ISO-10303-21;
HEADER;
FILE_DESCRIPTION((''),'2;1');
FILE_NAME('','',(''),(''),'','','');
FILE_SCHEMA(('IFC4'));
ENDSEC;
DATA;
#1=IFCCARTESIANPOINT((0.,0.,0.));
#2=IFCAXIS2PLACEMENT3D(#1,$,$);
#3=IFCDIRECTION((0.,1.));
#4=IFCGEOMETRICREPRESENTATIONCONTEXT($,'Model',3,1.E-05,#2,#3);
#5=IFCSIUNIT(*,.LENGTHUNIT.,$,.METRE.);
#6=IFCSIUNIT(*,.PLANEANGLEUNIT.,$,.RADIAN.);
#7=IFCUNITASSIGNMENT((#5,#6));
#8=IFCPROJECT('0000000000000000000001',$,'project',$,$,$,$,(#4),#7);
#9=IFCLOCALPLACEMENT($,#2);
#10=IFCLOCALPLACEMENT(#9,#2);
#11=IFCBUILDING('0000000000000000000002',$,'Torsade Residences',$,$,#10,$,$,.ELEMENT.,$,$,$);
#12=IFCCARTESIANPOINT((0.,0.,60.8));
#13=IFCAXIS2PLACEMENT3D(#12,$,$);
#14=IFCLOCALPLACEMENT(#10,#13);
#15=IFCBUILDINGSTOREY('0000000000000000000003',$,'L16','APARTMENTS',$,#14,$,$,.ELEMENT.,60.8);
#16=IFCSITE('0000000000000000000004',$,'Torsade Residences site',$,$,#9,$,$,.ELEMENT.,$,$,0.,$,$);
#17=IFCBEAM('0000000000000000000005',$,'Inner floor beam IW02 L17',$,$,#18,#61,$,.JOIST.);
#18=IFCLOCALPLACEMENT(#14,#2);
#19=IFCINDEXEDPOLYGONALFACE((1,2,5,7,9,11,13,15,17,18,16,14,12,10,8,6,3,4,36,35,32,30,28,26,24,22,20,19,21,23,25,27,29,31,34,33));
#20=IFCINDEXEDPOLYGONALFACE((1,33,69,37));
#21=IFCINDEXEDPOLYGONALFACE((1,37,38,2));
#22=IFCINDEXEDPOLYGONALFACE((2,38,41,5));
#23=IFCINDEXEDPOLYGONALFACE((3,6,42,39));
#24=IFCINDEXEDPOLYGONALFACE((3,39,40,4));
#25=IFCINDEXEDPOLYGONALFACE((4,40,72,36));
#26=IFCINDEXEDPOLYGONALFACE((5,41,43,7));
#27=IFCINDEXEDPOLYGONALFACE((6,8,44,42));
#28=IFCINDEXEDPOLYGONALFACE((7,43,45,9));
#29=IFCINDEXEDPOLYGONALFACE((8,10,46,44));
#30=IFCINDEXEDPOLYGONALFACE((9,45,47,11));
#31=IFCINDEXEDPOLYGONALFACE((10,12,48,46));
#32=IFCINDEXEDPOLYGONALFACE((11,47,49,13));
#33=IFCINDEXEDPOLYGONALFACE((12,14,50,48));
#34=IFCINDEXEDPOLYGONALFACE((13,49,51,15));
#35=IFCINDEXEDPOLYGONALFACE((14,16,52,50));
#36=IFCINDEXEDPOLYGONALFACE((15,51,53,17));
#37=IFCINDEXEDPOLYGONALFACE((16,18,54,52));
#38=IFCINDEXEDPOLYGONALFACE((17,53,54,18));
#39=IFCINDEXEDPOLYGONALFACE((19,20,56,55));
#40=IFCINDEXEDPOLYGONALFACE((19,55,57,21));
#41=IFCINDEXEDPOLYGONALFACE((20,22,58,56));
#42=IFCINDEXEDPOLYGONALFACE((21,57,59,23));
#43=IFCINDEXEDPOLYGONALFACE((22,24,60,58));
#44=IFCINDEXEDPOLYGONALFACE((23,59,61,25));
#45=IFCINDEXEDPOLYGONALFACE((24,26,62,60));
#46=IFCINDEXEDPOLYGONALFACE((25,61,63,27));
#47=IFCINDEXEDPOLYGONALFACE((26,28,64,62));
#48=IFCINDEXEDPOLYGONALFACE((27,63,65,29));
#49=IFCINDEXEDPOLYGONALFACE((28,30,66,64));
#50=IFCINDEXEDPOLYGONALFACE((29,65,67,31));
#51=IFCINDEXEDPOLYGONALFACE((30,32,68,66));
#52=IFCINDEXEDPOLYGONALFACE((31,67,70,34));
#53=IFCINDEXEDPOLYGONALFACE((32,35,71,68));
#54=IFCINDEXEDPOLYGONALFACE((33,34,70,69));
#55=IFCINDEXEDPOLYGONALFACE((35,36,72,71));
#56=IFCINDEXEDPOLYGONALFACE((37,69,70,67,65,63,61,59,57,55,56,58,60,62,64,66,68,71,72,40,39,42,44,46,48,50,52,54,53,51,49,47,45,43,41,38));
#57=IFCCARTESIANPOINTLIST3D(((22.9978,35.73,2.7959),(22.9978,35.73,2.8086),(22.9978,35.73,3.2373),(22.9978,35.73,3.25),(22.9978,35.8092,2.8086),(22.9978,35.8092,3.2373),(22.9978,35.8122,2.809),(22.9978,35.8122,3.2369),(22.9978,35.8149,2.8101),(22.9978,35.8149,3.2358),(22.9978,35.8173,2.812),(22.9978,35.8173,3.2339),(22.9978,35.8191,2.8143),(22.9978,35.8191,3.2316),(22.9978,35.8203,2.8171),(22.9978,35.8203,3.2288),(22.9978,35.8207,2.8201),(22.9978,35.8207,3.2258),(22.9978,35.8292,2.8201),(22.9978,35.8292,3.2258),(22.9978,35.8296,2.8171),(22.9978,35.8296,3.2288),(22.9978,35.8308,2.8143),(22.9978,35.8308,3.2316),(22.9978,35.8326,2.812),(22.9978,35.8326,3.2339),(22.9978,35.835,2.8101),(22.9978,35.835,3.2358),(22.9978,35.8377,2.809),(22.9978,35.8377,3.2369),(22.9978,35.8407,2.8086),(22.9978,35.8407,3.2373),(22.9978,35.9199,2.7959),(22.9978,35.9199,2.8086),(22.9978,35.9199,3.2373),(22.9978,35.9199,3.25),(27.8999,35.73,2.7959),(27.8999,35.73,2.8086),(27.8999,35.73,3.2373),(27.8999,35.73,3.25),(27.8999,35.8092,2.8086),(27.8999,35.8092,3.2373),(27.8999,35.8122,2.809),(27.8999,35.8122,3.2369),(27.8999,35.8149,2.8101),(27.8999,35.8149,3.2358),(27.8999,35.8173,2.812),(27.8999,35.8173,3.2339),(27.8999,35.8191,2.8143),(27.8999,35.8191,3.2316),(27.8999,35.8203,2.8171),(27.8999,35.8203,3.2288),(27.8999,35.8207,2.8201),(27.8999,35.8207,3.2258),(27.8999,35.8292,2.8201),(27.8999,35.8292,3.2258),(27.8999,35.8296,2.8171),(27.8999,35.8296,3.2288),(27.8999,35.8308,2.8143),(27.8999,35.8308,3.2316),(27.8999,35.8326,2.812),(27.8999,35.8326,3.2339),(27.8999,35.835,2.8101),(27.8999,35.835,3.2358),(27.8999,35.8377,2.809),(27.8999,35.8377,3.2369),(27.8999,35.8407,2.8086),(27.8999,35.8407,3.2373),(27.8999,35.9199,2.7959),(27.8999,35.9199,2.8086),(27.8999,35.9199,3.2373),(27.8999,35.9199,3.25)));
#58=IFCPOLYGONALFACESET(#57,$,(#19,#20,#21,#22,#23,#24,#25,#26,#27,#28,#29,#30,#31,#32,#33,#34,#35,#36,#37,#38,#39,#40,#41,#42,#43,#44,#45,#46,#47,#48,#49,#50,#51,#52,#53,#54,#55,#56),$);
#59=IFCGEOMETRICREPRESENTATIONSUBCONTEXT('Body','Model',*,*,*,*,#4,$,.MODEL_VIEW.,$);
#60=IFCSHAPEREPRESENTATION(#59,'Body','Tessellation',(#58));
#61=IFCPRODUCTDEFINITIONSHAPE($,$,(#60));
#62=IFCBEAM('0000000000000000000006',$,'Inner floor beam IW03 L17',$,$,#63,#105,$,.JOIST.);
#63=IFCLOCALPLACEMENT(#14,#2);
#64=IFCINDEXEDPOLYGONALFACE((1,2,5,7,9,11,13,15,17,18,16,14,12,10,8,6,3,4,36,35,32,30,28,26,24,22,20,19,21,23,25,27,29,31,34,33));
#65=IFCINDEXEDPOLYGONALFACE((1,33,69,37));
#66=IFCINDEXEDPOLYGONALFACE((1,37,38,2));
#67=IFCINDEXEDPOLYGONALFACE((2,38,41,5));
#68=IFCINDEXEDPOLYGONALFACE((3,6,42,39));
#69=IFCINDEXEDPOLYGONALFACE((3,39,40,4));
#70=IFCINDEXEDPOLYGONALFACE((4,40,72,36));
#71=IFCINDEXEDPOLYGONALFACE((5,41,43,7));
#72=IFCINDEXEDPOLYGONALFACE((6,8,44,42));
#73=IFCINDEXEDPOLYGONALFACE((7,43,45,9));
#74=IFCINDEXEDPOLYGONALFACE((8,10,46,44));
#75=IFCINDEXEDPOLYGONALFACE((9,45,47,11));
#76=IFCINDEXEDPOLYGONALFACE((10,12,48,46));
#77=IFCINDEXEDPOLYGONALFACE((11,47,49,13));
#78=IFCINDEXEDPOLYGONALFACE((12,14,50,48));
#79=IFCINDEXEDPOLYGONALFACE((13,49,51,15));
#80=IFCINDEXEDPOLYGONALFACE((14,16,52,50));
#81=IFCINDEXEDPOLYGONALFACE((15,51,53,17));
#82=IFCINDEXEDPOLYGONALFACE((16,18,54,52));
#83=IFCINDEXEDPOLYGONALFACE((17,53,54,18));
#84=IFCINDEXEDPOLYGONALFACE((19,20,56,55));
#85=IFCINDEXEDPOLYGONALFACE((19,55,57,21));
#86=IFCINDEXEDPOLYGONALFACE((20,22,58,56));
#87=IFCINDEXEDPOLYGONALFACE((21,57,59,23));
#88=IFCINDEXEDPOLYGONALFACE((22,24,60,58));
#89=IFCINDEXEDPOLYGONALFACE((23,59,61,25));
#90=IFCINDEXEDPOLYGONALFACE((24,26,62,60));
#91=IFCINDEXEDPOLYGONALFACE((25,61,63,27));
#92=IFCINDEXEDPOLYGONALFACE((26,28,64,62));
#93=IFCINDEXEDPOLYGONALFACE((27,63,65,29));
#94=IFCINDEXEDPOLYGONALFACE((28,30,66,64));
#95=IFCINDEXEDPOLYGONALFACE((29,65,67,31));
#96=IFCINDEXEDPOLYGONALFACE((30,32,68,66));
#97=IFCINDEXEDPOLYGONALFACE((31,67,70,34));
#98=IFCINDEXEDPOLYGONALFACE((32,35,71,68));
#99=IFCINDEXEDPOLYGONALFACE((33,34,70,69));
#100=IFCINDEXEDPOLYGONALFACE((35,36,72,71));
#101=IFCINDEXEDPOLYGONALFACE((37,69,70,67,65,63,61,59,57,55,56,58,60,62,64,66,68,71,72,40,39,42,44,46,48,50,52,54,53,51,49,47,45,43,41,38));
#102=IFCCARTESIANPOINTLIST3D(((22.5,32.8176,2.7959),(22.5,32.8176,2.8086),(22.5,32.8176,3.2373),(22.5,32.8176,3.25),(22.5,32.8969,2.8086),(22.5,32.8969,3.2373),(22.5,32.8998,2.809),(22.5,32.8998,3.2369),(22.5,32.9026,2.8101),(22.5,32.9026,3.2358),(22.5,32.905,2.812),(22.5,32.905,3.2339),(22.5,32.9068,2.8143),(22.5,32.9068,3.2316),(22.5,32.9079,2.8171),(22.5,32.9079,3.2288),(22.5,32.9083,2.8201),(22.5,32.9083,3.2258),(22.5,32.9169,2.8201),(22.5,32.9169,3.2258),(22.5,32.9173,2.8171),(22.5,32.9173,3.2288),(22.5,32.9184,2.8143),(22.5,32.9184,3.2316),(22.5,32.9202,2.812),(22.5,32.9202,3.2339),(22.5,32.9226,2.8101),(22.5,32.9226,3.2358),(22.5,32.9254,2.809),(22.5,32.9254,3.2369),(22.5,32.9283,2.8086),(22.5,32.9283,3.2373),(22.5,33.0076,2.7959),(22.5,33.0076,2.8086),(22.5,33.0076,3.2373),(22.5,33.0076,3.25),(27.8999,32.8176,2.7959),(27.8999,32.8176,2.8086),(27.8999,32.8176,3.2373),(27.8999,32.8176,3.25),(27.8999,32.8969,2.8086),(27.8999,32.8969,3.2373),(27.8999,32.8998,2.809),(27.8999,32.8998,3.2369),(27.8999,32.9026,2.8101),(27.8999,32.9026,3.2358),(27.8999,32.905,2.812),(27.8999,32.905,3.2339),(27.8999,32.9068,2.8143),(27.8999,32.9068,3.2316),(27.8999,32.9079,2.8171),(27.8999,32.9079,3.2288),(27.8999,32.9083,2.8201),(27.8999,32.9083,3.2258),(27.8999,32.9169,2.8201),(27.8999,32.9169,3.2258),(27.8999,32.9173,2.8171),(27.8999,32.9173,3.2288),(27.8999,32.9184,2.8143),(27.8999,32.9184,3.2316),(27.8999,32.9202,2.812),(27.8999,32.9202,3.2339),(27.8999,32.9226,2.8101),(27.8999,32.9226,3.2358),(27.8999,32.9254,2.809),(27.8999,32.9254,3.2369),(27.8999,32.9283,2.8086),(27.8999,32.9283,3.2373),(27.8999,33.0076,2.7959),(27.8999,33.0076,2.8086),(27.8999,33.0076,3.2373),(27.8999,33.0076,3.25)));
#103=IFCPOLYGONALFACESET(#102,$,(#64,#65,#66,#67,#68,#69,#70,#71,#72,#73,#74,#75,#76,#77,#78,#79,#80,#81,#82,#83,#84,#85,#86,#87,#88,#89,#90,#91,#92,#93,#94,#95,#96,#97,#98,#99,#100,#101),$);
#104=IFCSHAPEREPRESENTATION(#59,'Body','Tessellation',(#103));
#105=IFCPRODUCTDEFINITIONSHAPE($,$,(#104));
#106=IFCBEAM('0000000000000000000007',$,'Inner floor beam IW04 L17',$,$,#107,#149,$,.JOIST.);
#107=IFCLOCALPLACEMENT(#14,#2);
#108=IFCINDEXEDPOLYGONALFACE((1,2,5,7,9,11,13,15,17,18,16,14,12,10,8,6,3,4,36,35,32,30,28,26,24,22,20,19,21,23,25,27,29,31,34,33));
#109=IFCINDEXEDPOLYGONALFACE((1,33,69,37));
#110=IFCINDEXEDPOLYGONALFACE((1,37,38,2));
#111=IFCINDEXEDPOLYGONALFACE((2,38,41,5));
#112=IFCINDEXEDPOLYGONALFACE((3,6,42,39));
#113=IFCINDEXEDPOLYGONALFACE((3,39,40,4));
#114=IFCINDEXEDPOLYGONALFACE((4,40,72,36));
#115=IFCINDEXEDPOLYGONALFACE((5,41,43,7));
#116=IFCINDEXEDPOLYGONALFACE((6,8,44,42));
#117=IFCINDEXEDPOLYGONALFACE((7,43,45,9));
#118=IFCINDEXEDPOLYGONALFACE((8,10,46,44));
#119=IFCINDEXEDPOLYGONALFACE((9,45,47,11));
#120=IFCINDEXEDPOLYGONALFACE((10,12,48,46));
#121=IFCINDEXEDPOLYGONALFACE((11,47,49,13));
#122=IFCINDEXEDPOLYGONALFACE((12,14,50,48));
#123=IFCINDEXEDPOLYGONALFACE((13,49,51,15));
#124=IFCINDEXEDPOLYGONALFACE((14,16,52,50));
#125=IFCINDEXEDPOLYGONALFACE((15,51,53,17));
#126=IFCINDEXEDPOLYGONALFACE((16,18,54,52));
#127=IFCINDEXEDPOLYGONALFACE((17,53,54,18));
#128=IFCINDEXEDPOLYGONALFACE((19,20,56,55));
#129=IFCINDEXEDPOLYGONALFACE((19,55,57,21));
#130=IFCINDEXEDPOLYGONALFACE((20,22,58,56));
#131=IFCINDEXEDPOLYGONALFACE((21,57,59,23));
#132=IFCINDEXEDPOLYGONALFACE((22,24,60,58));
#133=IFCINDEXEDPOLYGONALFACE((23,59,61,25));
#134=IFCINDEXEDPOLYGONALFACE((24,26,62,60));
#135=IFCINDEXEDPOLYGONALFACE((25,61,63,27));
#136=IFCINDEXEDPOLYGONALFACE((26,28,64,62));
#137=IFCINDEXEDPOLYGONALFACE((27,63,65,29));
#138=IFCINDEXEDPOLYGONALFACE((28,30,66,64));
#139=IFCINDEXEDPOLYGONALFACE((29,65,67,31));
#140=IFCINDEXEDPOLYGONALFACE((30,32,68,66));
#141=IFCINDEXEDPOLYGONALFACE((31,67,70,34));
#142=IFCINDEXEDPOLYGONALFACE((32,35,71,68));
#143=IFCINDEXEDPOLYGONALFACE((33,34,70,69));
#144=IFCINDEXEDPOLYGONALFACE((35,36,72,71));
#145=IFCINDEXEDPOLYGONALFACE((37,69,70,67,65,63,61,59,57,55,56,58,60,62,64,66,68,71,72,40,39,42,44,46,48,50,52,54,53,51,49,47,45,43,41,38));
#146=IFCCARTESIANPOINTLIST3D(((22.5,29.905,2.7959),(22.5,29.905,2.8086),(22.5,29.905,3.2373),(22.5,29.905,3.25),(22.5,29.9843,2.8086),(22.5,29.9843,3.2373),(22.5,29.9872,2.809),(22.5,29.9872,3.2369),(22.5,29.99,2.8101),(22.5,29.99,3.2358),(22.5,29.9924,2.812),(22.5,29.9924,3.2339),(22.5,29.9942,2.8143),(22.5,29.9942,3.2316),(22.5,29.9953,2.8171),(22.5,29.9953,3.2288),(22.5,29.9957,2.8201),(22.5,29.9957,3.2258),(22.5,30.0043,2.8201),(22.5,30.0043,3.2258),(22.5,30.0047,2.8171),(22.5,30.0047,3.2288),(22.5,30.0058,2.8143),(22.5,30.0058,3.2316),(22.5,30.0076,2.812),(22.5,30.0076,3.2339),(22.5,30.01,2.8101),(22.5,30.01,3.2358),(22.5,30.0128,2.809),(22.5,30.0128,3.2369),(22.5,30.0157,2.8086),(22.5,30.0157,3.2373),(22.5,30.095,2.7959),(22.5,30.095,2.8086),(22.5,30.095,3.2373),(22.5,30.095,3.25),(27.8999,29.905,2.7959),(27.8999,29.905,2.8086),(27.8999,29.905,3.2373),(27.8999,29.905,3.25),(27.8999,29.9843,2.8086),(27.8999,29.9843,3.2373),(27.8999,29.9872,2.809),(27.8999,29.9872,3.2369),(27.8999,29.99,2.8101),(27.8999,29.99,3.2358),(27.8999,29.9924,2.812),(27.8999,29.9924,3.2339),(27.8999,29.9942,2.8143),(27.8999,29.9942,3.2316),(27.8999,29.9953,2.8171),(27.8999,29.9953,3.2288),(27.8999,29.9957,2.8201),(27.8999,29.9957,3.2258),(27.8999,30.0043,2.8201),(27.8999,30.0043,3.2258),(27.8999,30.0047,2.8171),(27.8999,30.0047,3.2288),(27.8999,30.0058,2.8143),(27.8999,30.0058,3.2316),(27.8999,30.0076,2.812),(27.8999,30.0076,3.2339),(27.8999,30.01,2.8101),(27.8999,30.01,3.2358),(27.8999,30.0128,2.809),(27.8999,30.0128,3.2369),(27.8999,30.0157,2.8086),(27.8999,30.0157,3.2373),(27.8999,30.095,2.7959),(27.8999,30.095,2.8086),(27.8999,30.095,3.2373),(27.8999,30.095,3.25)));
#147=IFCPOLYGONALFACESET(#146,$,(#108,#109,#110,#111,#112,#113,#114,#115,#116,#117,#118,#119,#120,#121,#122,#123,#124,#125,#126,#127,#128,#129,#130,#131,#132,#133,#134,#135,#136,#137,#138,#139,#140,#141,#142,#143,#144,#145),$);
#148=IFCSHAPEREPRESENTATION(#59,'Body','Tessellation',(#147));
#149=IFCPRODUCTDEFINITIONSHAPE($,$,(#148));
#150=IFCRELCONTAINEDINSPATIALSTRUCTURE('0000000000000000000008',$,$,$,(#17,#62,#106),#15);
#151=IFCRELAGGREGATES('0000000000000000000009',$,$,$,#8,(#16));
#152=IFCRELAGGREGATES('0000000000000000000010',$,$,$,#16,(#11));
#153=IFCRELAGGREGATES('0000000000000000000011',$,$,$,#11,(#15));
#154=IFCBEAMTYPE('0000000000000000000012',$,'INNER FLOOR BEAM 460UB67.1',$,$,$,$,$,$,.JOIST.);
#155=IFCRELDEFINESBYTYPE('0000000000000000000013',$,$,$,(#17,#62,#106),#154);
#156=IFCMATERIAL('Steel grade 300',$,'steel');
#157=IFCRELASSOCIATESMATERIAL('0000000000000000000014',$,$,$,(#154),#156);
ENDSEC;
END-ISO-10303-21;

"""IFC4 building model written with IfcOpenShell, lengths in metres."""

from ifc_helpers import new_model, si_unit, direction, frame, origin, origin_2d, place, context, subcontext, project, spatial, i_section, extrude, material, material_profile, profile_set, type_object, element, save


model = new_model("IFC4")

# Units and contexts
model_context = context("Model", 3, precision=1e-05, world=origin(), true_north=direction((0.0, 1.0)))
body_context = subcontext(model_context, "Body", "Model", "MODEL_VIEW")
ifc_project = project(units=[si_unit("LENGTHUNIT", "METRE"), si_unit("PLANEANGLEUNIT", "RADIAN")], contexts=[model_context])

# Site, building, storey
site_placement = place(None, origin())
site = spatial("IfcSite", under=ifc_project, at=site_placement, Name="Torsade Residences site", CompositionType="ELEMENT", RefElevation=0.0)
building_placement = place(site_placement, origin())
building = spatial("IfcBuilding", under=site, at=building_placement, Name="Torsade Residences", CompositionType="ELEMENT")
storey_placement = place(building_placement, frame((0.0, 0.0, 60.8)))
storey = spatial("IfcBuildingStorey", under=building, at=storey_placement, Name="L16", Description="APARTMENTS", CompositionType="ELEMENT", Elevation=60.8)

# Beams
ifc_material_1 = material(Name="Steel grade 300", Category="steel")
ifc_material_profile = material_profile(ifc_material_1, i_section(OverallWidth=0.1899, OverallDepth=0.4541, WebThickness=0.0085, FlangeThickness=0.0127, FilletRadius=0.0115, at=origin_2d()), Name="460UB67.1")
ifc_profile_set = profile_set([ifc_material_profile], Name="Steel grade 300")
beam_type = type_object("IfcBeamType", Name="INNER FLOOR BEAM 460UB67.1", PredefinedType="JOIST", material=ifc_profile_set)
beam_placement = place(storey_placement, frame((27.8999, 35.825, 3.0229), z_axis=(-1.0, 0.0, 0.0), x_axis=(0.0, -1.0, 0.0)))
element("IfcBeam", 1, at=beam_placement, inside=storey, type_object=beam_type, Name="Inner floor beam IW02 L17", PredefinedType="JOIST", context=body_context, shape_type="SweptSolid", body=[
    extrude(i_section(OverallWidth=0.1899, OverallDepth=0.4541, WebThickness=0.0085, FlangeThickness=0.0127, FilletRadius=0.0115, at=origin_2d()), origin(), (0.0, 0.0, 1.0), 4.9021),
])
for number, where, z_axis, x_axis, name in (
    (2, (27.8999, 32.9126, 3.0229), (-1.0, 0.0, 0.0), (0.0, -1.0, 0.0), "Inner floor beam IW03 L17"),
    (3, (27.8999, 30.0, 3.0229), (-1.0, 0.0, 0.0), (0.0, -1.0, 0.0), "Inner floor beam IW04 L17"),
):
    element("IfcBeam", number, at=place(storey_placement, frame(where, z_axis=z_axis, x_axis=x_axis)), inside=storey, type_object=beam_type, Name=name, PredefinedType="JOIST", context=body_context, shape_type="SweptSolid", body=[
        extrude(i_section(OverallWidth=0.1899, OverallDepth=0.4541, WebThickness=0.0085, FlangeThickness=0.0127, FilletRadius=0.0115, at=origin_2d()), origin(), (0.0, 0.0, 1.0), 5.3999),
    ])

save(model, "model.ifc")
